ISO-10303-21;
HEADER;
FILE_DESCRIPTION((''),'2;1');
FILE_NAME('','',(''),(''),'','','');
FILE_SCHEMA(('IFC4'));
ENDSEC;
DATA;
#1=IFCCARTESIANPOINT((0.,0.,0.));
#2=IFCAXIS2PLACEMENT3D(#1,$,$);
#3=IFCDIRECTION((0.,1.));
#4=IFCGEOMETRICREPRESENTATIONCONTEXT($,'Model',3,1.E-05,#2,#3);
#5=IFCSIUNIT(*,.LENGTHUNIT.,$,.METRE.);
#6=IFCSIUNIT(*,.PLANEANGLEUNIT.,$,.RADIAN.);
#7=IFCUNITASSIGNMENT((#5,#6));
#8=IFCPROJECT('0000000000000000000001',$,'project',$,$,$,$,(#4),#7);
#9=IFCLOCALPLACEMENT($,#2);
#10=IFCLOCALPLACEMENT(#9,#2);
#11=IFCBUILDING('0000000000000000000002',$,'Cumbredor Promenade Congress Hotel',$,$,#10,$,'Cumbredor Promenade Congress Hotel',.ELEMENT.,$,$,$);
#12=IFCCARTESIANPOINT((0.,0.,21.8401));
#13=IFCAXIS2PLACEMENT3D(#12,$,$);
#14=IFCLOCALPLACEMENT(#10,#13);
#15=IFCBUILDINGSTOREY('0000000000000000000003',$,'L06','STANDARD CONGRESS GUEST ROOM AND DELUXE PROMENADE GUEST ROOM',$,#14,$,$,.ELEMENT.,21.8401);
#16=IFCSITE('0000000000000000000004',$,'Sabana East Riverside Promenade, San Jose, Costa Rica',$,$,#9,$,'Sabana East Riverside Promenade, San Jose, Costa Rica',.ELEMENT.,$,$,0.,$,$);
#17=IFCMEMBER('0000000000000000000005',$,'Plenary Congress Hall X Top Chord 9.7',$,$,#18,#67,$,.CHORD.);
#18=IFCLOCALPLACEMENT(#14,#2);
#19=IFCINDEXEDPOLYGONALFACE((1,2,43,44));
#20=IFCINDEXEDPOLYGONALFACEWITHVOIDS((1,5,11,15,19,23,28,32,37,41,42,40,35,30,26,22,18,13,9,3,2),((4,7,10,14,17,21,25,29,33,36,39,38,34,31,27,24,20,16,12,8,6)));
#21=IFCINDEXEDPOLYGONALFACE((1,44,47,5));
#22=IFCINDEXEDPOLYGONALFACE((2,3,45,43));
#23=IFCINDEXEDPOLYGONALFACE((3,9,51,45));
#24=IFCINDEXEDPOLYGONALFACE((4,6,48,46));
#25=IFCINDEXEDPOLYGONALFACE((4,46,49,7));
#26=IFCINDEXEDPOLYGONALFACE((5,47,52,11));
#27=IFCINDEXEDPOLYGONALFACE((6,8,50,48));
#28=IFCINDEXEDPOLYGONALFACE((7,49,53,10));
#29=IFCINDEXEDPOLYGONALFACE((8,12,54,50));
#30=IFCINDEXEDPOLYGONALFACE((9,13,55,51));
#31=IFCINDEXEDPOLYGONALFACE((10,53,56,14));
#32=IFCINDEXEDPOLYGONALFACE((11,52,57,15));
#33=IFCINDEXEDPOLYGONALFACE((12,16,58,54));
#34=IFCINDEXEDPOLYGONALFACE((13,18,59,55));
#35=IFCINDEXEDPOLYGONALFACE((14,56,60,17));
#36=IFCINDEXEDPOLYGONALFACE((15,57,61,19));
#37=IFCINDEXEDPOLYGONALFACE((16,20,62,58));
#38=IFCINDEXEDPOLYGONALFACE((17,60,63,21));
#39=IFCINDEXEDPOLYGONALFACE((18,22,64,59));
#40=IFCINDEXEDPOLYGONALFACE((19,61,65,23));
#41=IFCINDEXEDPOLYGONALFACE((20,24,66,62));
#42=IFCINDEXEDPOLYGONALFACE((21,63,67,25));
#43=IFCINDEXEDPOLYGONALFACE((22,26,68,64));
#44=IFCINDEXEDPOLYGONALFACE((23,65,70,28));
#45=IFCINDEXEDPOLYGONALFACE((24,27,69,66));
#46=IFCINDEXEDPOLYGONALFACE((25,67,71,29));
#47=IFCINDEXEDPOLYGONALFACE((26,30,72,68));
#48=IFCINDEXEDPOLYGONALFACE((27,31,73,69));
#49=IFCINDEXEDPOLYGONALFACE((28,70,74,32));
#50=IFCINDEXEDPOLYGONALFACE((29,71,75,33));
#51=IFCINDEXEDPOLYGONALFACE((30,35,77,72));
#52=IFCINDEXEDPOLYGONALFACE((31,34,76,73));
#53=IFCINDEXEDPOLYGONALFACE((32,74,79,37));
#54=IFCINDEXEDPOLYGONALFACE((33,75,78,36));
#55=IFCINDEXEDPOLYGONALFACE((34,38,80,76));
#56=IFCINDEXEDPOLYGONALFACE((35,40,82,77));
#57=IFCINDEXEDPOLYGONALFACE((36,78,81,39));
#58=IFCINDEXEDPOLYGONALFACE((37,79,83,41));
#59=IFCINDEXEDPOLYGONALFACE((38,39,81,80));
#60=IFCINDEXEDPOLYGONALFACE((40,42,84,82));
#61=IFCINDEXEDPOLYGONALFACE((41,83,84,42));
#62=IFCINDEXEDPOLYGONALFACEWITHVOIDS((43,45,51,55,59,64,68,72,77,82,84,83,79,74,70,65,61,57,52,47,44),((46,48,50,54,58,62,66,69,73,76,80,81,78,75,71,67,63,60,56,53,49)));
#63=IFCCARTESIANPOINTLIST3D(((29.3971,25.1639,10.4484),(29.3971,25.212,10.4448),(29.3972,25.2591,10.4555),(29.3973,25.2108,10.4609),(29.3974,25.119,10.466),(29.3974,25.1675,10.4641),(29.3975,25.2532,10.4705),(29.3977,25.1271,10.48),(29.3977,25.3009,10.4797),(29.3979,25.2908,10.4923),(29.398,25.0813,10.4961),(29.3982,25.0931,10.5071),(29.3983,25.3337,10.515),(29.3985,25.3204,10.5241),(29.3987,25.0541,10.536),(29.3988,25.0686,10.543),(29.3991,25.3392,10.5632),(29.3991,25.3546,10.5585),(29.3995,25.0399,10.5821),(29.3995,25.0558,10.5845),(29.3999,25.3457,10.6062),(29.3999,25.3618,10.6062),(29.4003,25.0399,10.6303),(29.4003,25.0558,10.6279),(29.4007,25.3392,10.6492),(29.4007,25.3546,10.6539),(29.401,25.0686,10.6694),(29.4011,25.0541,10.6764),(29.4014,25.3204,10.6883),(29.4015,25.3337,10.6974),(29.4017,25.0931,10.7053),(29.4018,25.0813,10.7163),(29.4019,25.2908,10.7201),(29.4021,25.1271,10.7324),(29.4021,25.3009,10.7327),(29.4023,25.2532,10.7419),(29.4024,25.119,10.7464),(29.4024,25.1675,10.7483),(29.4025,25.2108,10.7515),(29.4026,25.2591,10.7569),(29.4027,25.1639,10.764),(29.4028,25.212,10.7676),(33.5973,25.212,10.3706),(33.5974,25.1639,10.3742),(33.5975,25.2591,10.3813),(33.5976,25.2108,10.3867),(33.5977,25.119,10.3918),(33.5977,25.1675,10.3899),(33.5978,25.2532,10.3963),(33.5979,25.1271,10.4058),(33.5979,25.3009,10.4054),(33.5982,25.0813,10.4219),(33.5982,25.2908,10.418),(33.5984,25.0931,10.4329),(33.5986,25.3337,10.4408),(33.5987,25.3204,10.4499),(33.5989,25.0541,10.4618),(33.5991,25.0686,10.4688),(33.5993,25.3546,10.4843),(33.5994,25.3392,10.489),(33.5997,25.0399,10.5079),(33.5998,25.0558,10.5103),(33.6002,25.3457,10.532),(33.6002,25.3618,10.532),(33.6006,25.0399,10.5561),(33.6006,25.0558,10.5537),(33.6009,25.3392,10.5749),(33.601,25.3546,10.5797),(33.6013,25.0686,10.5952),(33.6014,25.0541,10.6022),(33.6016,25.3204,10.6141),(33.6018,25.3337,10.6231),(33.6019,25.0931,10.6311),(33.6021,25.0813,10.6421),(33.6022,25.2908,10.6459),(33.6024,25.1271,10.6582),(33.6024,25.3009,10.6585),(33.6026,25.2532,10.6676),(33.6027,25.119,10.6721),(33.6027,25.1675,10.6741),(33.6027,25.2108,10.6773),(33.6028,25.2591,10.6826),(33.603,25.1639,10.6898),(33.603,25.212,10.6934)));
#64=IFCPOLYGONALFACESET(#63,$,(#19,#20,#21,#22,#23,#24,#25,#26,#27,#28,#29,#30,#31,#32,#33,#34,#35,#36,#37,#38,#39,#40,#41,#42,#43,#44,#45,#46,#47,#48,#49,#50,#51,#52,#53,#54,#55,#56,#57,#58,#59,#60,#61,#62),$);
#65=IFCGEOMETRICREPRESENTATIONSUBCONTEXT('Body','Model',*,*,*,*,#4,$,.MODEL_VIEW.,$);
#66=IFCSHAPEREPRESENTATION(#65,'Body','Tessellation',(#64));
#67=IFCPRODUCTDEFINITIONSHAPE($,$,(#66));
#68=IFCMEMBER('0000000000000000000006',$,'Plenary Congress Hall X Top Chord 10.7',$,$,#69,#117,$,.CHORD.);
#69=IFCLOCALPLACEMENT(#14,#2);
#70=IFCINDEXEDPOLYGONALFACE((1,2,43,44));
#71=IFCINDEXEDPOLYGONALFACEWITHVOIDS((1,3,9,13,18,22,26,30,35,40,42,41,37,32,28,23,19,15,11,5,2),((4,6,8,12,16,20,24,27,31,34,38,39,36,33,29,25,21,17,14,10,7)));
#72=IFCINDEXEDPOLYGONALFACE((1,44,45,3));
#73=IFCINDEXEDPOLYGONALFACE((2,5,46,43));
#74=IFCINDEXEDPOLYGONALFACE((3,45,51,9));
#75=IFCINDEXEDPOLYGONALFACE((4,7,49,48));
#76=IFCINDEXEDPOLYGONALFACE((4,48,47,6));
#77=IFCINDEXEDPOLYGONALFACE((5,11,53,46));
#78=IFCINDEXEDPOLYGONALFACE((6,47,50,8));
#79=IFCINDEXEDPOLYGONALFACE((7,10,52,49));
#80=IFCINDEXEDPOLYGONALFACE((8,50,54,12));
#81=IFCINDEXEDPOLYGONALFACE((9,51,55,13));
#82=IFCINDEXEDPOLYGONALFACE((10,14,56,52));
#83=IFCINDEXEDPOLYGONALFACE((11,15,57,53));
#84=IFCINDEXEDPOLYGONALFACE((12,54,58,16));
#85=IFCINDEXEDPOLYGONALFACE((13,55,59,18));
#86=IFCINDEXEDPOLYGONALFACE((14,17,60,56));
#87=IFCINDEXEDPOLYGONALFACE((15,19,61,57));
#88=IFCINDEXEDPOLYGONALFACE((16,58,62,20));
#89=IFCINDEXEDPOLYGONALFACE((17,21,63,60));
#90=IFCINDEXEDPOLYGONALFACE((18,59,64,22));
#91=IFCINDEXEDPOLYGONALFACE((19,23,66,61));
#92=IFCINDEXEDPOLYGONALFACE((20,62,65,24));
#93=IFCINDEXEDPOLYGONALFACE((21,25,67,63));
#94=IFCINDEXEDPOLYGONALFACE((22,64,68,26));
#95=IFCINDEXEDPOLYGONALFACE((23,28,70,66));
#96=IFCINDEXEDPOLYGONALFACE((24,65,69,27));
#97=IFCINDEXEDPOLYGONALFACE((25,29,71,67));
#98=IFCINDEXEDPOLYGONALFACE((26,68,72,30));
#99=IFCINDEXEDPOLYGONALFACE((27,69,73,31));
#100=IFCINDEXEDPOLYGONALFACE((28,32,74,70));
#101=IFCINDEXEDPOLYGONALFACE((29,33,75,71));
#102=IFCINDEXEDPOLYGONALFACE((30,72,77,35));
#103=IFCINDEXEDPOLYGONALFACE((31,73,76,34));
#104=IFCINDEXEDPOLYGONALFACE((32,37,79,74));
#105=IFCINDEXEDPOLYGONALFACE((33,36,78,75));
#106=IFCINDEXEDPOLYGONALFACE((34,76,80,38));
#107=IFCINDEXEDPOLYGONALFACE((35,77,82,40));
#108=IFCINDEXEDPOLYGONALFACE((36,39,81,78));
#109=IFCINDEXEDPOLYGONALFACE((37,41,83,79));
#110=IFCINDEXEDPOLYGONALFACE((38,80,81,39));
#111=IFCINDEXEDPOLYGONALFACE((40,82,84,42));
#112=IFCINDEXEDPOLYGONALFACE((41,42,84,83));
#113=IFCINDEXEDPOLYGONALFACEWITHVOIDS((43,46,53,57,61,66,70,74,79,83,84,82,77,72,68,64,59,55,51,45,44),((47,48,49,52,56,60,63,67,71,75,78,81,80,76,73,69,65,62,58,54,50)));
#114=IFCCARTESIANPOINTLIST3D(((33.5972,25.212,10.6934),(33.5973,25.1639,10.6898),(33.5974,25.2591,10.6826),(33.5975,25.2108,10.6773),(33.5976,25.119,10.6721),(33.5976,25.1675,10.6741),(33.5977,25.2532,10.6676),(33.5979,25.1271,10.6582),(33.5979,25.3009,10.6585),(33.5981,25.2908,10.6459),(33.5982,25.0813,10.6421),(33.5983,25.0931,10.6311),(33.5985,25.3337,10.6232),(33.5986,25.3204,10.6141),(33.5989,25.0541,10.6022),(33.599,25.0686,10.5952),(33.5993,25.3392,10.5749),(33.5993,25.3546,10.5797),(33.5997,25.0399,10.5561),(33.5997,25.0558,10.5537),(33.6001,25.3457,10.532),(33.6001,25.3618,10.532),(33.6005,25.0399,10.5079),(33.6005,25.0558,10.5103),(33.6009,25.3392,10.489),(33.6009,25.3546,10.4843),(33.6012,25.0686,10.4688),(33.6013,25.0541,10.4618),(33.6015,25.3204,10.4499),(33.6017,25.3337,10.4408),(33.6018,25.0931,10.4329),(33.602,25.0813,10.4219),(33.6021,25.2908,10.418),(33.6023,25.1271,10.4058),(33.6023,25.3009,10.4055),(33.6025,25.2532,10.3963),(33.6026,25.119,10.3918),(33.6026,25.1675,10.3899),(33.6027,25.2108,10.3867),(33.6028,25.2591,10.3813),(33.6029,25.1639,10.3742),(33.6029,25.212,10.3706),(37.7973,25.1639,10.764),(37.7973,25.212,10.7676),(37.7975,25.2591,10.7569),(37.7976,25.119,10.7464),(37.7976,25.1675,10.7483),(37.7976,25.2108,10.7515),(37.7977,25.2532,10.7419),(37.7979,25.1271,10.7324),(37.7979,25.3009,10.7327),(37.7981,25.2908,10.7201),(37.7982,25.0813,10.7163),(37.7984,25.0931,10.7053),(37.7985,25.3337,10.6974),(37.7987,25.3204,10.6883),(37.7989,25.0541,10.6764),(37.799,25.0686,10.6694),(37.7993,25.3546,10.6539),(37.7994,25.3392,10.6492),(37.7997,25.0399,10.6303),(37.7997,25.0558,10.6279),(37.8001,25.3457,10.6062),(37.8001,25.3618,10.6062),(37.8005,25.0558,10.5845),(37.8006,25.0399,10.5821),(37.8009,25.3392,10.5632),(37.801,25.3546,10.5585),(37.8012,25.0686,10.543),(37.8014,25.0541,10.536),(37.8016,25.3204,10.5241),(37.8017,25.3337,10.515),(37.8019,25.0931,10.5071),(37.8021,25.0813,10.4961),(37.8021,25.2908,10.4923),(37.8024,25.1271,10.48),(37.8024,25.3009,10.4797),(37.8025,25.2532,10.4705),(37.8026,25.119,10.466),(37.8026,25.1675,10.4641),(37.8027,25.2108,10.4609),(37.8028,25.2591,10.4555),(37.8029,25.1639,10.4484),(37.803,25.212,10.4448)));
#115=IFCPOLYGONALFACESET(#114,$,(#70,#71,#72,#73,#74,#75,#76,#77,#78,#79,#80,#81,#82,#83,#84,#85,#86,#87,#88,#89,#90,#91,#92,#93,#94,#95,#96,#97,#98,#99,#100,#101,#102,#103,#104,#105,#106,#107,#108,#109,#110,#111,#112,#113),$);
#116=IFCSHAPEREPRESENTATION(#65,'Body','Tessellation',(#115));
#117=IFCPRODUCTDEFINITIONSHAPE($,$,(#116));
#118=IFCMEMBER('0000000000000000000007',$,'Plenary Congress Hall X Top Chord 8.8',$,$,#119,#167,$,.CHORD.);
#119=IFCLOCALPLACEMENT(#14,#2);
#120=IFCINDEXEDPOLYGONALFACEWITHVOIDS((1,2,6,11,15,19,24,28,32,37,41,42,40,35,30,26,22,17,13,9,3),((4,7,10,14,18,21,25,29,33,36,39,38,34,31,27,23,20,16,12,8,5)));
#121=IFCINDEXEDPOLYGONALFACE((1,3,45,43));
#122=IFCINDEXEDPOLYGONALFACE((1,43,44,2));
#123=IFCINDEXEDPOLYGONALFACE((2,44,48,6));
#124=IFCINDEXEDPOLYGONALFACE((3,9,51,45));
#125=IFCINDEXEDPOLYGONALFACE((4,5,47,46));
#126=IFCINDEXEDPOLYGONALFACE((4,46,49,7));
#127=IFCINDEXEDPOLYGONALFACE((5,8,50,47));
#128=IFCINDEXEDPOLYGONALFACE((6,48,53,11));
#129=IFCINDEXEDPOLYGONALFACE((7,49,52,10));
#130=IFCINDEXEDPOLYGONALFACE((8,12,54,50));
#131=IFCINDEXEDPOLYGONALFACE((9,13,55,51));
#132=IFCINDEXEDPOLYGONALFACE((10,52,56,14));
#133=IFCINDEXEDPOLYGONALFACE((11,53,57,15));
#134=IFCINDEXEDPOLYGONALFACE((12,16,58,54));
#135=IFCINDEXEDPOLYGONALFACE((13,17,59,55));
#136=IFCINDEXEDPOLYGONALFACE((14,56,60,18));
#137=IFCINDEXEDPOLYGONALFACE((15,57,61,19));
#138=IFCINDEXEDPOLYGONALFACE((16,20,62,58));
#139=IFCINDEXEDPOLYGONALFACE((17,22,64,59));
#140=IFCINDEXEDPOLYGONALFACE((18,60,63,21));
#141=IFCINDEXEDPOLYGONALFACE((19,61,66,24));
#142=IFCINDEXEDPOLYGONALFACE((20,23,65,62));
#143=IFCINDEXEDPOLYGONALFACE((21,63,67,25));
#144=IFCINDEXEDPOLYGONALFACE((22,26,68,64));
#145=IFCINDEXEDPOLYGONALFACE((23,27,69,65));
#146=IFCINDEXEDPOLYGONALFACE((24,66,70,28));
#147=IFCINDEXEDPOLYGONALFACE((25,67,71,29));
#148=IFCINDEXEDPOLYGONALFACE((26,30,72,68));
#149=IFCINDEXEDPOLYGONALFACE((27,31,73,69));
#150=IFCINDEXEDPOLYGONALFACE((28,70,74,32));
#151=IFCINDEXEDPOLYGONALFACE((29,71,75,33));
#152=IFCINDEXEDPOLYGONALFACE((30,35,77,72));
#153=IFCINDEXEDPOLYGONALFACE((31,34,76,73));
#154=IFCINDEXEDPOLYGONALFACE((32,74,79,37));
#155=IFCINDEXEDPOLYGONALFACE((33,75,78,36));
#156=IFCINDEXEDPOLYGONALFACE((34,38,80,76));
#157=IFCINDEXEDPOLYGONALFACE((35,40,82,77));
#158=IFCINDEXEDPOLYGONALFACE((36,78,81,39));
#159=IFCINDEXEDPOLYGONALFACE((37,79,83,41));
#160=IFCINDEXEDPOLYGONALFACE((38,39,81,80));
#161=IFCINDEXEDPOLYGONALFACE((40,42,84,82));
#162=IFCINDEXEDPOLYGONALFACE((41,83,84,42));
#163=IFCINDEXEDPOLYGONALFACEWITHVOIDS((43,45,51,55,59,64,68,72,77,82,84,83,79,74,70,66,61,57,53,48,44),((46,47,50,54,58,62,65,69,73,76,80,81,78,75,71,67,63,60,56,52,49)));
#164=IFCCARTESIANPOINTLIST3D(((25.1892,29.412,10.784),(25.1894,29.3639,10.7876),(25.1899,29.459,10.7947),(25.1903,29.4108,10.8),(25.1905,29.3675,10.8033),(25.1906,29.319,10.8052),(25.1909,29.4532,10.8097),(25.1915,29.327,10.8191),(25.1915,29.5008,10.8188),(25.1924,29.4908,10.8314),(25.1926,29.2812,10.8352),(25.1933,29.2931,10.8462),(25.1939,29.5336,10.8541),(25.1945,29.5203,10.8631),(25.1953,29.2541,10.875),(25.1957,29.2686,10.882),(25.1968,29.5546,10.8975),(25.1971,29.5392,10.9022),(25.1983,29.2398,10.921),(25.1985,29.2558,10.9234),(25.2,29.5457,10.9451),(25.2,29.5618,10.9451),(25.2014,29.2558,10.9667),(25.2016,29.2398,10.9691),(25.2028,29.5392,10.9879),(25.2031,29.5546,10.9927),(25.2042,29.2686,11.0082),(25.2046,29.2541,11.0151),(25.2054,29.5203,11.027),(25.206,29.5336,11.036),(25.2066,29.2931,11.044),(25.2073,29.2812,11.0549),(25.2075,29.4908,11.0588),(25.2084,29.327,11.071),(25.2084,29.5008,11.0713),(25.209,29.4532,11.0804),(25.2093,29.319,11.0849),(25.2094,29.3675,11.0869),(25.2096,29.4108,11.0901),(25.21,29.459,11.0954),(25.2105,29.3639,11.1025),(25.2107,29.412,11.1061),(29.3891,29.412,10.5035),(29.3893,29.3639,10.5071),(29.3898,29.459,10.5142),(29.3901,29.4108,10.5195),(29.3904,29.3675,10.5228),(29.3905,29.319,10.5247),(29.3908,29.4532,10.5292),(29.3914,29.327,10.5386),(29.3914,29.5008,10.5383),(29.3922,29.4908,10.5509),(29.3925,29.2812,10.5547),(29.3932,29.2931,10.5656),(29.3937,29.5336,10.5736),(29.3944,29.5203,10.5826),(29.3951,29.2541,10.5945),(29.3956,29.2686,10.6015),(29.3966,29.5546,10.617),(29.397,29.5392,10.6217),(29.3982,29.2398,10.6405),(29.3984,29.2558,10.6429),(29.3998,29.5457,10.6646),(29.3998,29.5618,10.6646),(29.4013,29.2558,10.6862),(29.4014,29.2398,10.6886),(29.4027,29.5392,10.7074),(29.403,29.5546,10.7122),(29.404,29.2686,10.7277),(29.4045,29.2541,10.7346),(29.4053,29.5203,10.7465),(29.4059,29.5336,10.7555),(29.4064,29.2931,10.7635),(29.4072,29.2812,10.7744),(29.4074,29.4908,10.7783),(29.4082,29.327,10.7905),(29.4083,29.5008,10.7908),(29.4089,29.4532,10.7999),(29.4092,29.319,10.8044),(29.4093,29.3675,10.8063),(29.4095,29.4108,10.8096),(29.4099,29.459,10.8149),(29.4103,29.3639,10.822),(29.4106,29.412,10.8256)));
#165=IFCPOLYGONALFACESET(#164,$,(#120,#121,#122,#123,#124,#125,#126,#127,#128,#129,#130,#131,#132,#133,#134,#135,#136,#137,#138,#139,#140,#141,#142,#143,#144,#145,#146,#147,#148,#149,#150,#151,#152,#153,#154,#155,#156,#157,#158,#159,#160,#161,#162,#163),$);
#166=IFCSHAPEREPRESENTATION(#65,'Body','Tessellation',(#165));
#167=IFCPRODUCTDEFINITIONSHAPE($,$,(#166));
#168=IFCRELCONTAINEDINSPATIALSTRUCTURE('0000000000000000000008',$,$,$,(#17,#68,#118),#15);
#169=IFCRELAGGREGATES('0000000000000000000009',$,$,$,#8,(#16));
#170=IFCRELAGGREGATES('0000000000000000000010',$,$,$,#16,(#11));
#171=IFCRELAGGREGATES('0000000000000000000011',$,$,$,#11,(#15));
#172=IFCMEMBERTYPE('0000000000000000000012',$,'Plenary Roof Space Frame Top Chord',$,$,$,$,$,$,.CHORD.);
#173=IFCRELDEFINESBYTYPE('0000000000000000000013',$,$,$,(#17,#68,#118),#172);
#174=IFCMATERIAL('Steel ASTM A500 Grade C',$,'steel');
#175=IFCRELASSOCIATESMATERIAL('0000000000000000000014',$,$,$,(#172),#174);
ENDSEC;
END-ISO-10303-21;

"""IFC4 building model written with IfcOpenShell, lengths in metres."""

from ifc_helpers import new_model, si_unit, direction, frame, origin, origin_2d, place, context, subcontext, project, spatial, hollow_circle, extrude, material, material_profile, profile_set, type_object, element, save


model = new_model("IFC4")

# Units and contexts
model_context = context("Model", 3, precision=1e-05, world=origin(), true_north=direction((0.0, 1.0)))
body_context = subcontext(model_context, "Body", "Model", "MODEL_VIEW")
ifc_project = project(units=[si_unit("LENGTHUNIT", "METRE"), si_unit("PLANEANGLEUNIT", "RADIAN")], contexts=[model_context])

# Site, building, storey
site_placement = place(None, origin())
site = spatial("IfcSite", under=ifc_project, at=site_placement, Name="Sabana East Riverside Promenade, San Jose, Costa Rica", LongName="Sabana East Riverside Promenade, San Jose, Costa Rica", CompositionType="ELEMENT", RefElevation=0.0)
building_placement = place(site_placement, origin())
building = spatial("IfcBuilding", under=site, at=building_placement, Name="Cumbredor Promenade Congress Hotel", LongName="Cumbredor Promenade Congress Hotel", CompositionType="ELEMENT")
storey_placement = place(building_placement, frame((0.0, 0.0, 21.8401)))
storey = spatial("IfcBuildingStorey", under=building, at=storey_placement, Name="L06", Description="STANDARD CONGRESS GUEST ROOM AND DELUXE PROMENADE GUEST ROOM", CompositionType="ELEMENT", Elevation=21.8401)

# Members
ifc_material_1 = material(Name="Steel ASTM A500 Grade C", Category="steel")
ifc_material_profile_1 = material_profile(ifc_material_1, hollow_circle(Radius=0.1619, WallThickness=0.0161, at=origin_2d()), Name="CHS 323.9x16")
ifc_profile_set_1 = profile_set([ifc_material_profile_1], Name="Steel ASTM A500 Grade C")
member_type_1 = type_object("IfcMemberType", Name="Plenary Roof Space Frame Top Chord", PredefinedType="CHORD", material=ifc_profile_set_1)
member_1_placement = place(storey_placement, frame((29.3999, 25.2, 10.6062), z_axis=(0.999844, 0.0, -0.017668), x_axis=(0.0, 1.0, 0.0)))
element("IfcMember", 1, at=member_1_placement, inside=storey, type_object=member_type_1, Name="Plenary Congress Hall X Top Chord 9.7", PredefinedType="CHORD", context=body_context, shape_type="SweptSolid", body=[
    extrude(hollow_circle(Radius=0.1619, WallThickness=0.0161, at=origin_2d()), origin(), (0.0, 0.0, 1.0), 4.2009),
])
member_2_placement = place(storey_placement, frame((33.6001, 25.2, 10.532), z_axis=(0.999844, 0.0, 0.017669), x_axis=(0.0, 1.0, 0.0)))
element("IfcMember", 2, at=member_2_placement, inside=storey, type_object=member_type_1, Name="Plenary Congress Hall X Top Chord 10.7", PredefinedType="CHORD", context=body_context, shape_type="SweptSolid", body=[
    extrude(hollow_circle(Radius=0.1619, WallThickness=0.0161, at=origin_2d()), origin(), (0.0, 0.0, 1.0), 4.2007),
])
member_3_placement = place(storey_placement, frame((25.2, 29.3999, 10.9451), z_axis=(0.997777, 0.0, -0.066642), x_axis=(0.0, 1.0, 0.0)))
element("IfcMember", 3, at=member_3_placement, inside=storey, type_object=member_type_1, Name="Plenary Congress Hall X Top Chord 8.8", PredefinedType="CHORD", context=body_context, shape_type="SweptSolid", body=[
    extrude(hollow_circle(Radius=0.1619, WallThickness=0.0161, at=origin_2d()), origin(), (0.0, 0.0, 1.0), 4.2092),
])

save(model, "model.ifc")
